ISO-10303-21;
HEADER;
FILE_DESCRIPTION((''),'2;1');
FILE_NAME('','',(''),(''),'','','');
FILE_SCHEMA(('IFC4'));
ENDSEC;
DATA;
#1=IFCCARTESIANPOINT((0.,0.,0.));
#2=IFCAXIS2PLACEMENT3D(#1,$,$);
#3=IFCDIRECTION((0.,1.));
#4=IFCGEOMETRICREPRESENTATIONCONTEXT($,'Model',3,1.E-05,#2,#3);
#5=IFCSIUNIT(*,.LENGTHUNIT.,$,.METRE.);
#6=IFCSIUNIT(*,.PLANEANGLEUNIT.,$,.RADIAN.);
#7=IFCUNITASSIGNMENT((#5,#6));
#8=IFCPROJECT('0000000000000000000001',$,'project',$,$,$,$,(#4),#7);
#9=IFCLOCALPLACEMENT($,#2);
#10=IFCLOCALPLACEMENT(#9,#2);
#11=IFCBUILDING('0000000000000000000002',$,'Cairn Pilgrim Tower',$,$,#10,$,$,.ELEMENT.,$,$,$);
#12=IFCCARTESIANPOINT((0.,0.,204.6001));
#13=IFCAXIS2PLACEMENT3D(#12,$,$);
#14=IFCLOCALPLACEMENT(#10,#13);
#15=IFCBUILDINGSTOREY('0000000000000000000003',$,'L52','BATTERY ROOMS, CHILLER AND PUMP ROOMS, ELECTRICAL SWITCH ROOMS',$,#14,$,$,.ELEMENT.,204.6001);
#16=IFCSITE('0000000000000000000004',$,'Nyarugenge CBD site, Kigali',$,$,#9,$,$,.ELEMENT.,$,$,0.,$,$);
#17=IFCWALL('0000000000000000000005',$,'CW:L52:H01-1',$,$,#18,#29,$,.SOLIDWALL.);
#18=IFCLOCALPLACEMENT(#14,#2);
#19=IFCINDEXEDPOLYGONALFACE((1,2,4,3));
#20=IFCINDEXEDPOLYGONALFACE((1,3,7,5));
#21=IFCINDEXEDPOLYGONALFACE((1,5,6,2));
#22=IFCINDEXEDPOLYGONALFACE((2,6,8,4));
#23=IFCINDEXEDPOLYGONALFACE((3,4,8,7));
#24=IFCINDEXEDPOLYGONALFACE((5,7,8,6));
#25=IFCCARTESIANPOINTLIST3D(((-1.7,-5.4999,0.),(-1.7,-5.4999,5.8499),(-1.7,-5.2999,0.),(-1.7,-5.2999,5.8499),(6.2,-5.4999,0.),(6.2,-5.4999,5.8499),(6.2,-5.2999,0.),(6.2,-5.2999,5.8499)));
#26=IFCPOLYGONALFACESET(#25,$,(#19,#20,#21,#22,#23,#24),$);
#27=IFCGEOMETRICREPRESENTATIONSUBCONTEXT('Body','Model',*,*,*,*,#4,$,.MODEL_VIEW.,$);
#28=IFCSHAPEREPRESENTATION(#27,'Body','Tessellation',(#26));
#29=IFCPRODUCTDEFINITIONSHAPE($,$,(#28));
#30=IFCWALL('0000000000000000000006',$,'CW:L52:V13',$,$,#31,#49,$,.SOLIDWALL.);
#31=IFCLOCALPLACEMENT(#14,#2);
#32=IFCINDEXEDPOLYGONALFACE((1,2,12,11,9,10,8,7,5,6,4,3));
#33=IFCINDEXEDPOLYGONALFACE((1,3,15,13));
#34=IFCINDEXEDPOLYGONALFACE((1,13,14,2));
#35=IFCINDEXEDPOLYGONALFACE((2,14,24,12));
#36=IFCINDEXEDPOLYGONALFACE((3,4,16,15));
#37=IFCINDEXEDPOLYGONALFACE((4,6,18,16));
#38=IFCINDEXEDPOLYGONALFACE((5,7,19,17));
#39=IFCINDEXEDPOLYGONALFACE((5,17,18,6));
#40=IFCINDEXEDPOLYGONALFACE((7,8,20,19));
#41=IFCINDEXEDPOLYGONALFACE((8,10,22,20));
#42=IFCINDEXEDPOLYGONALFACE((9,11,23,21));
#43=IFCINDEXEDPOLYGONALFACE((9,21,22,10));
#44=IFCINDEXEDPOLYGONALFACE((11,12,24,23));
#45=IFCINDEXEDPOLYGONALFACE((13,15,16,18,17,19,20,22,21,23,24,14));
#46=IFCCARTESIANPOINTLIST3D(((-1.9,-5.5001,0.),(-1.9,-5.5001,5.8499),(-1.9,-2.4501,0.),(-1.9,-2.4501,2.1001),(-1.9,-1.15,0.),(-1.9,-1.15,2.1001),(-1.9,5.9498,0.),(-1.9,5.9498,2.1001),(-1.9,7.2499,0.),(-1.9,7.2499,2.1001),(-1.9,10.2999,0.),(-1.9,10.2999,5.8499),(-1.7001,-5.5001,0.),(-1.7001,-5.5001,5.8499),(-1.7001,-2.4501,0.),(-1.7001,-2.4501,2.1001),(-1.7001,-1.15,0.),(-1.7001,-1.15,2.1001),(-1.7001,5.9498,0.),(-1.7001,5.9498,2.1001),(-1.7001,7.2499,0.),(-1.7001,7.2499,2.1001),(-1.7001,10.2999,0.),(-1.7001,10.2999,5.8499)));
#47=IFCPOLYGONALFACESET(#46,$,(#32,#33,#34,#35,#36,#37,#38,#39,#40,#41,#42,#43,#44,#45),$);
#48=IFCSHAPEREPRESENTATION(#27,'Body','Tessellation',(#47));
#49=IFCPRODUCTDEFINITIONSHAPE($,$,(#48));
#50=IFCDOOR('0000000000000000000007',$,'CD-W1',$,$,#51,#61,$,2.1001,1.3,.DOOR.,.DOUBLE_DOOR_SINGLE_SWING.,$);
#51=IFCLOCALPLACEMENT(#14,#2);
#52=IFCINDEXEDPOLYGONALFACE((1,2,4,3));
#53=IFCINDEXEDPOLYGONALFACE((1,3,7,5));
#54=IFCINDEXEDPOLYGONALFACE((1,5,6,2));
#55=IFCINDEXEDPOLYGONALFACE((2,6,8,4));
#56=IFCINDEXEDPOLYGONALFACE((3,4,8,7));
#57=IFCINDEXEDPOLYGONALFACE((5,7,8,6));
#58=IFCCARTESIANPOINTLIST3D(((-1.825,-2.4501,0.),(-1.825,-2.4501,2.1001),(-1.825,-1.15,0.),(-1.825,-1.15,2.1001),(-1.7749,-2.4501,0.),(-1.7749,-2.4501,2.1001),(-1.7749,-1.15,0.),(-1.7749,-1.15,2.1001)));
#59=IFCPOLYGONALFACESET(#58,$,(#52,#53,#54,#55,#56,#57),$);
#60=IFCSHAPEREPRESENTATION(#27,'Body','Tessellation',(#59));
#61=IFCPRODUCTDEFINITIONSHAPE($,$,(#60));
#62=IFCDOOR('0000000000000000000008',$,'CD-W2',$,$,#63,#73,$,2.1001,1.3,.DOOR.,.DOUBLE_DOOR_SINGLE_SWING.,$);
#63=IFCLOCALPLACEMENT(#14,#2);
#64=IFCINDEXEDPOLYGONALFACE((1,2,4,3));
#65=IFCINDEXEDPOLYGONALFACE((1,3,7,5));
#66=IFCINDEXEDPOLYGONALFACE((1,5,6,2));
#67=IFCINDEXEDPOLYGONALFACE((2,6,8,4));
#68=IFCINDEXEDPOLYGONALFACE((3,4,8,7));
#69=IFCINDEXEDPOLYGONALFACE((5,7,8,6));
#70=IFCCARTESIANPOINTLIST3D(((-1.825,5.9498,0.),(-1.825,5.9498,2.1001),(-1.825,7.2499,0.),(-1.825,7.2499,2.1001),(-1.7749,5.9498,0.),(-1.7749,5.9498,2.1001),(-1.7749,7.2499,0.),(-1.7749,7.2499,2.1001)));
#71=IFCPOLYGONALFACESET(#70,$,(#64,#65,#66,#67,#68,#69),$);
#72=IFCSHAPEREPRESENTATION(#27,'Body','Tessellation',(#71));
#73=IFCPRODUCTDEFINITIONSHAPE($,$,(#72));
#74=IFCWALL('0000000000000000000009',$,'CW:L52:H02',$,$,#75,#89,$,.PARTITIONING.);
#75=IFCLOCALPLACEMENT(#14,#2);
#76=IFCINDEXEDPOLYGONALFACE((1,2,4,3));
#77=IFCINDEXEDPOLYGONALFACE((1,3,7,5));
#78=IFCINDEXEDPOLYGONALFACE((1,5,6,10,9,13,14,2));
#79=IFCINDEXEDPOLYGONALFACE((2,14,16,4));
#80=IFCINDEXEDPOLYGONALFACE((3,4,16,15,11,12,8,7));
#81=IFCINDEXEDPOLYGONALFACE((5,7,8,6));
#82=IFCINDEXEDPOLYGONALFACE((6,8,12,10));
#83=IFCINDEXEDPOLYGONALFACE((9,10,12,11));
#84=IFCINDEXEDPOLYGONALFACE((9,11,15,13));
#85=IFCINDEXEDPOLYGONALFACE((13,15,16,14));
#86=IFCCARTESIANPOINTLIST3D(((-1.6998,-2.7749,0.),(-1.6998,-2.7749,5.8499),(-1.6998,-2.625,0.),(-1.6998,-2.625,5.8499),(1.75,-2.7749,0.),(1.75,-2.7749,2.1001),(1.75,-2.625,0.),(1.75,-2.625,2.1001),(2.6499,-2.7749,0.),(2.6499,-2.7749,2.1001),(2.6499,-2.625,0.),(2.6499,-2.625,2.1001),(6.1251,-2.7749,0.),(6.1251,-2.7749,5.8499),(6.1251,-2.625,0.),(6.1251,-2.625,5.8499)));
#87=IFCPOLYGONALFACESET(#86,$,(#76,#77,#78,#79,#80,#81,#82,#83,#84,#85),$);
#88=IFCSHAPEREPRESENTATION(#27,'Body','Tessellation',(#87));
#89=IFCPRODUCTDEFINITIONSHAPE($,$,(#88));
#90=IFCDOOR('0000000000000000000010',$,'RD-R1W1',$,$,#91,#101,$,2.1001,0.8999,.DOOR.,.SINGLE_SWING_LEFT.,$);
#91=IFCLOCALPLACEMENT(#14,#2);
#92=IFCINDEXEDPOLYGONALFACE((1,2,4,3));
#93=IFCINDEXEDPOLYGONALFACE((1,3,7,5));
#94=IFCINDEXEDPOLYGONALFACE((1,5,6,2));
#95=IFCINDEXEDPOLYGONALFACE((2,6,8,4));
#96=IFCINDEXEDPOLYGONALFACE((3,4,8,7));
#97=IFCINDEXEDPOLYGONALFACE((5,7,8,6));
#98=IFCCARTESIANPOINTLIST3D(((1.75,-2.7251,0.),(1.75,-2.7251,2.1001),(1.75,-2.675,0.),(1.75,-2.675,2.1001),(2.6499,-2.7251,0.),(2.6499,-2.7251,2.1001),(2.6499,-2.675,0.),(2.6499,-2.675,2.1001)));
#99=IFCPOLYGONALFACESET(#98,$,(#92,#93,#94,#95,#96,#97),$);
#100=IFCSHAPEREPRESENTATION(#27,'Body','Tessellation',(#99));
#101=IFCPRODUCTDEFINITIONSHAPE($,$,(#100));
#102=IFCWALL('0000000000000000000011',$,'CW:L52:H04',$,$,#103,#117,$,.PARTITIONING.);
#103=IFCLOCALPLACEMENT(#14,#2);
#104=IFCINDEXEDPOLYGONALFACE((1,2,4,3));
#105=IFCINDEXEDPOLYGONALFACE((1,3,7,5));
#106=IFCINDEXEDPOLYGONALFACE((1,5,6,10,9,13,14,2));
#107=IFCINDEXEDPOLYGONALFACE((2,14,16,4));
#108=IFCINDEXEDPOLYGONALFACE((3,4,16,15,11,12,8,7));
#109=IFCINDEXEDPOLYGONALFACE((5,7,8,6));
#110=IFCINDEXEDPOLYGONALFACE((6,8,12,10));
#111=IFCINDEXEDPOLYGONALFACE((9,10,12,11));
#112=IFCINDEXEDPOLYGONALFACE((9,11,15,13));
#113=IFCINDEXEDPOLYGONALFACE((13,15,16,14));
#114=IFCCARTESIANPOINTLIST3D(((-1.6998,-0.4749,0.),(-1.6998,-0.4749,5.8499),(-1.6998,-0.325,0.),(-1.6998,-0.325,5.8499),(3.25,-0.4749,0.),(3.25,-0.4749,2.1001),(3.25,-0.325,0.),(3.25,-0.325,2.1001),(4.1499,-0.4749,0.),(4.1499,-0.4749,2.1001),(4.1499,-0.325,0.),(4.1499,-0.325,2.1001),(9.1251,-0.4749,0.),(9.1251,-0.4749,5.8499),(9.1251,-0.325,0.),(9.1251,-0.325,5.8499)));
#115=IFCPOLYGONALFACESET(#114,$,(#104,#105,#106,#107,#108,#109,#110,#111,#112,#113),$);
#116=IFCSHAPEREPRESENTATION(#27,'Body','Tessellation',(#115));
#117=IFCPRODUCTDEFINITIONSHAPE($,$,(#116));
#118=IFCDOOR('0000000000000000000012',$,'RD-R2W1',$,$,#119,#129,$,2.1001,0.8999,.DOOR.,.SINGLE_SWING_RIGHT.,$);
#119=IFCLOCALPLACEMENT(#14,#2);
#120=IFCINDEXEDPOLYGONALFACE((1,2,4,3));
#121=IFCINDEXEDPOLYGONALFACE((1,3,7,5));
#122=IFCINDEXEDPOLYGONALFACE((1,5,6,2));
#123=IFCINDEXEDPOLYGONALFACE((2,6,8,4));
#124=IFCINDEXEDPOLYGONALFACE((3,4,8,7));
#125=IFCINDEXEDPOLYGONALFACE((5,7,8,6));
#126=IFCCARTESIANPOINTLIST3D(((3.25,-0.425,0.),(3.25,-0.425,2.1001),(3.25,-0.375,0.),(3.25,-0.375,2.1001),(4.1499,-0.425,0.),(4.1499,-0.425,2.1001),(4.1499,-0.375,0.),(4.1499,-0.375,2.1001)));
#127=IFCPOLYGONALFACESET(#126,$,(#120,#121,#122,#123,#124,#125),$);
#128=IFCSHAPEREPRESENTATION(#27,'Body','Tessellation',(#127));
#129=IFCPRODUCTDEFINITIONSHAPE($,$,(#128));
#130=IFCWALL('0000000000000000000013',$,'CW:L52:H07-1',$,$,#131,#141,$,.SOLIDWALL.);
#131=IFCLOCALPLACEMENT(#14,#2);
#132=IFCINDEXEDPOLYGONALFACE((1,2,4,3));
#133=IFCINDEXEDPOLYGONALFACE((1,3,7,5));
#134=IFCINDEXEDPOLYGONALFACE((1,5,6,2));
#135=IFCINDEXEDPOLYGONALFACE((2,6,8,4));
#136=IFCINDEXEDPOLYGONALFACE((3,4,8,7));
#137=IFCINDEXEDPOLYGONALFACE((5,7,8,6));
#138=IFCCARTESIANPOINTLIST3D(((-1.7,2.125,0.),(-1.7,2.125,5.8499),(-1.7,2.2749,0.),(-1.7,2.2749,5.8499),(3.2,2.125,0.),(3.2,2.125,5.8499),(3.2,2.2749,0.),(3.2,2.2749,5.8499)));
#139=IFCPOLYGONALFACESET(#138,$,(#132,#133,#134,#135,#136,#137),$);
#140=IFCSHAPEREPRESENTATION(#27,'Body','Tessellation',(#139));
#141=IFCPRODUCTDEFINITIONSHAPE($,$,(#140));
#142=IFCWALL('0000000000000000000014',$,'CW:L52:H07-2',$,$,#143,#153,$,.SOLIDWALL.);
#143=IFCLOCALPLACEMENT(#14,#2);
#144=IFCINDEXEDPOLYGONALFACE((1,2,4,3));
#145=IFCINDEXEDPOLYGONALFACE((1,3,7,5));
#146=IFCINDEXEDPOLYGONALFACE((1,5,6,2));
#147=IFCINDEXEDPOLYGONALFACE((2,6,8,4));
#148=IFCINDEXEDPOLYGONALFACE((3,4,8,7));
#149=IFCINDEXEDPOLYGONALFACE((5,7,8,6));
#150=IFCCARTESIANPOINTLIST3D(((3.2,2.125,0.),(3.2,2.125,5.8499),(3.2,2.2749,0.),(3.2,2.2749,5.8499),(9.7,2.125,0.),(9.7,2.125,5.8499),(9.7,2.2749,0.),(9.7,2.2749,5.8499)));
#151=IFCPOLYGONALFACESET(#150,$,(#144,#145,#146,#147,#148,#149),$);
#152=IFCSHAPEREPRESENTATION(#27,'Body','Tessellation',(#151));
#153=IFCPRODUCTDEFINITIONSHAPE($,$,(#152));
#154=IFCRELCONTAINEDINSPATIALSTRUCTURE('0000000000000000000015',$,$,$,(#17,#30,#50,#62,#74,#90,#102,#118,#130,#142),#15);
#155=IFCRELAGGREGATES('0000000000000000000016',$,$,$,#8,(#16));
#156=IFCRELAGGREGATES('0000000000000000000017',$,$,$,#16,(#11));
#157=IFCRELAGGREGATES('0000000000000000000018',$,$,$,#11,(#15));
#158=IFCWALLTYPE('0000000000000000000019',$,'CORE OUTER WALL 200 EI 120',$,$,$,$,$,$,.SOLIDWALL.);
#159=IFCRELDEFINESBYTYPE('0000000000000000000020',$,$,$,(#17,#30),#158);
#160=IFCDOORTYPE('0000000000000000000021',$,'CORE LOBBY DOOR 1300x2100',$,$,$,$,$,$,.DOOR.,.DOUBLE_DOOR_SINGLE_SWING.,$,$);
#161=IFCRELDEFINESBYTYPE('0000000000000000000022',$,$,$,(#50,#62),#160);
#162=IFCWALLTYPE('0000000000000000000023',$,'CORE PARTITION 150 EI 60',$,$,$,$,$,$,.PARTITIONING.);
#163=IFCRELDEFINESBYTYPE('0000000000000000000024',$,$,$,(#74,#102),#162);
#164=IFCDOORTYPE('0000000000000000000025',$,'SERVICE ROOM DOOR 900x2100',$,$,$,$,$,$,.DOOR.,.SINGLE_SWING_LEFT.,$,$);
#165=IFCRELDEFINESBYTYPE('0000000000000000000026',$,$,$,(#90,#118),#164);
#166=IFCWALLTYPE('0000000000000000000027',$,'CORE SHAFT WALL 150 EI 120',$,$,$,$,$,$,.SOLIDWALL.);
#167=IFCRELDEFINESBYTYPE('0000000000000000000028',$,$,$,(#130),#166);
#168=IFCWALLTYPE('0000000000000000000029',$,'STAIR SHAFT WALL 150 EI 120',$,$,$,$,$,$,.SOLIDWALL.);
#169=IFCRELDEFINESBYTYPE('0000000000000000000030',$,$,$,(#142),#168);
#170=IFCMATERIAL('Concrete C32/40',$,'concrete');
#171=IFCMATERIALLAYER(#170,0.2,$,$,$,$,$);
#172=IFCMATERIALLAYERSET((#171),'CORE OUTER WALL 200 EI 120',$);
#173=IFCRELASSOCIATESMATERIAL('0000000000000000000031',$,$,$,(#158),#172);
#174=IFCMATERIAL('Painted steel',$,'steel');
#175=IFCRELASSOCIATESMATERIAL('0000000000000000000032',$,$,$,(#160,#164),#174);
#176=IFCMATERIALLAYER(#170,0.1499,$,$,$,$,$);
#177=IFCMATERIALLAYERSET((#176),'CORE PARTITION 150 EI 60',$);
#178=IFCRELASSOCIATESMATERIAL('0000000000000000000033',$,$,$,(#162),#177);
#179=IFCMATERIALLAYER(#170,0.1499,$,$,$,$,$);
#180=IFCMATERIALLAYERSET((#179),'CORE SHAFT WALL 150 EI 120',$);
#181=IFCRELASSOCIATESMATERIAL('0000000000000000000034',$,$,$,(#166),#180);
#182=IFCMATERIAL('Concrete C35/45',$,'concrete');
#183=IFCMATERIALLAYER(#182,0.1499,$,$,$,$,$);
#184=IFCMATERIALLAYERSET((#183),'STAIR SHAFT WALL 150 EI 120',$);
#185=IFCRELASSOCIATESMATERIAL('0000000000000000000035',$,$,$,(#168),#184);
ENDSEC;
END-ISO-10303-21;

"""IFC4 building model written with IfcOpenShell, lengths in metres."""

from ifc_helpers import new_model, si_unit, direction, frame, frame_2d, origin, place, context, subcontext, project, spatial, rectangle, extrude, material, layer, layer_set, type_object, element, fill, save


model = new_model("IFC4")

# Units and contexts
model_context = context("Model", 3, precision=1e-05, world=origin(), true_north=direction((0.0, 1.0)))
body_context = subcontext(model_context, "Body", "Model", "MODEL_VIEW")
ifc_project = project(units=[si_unit("LENGTHUNIT", "METRE"), si_unit("PLANEANGLEUNIT", "RADIAN")], contexts=[model_context])

# Site, building, storey
site_placement = place(None, origin())
site = spatial("IfcSite", under=ifc_project, at=site_placement, Name="Nyarugenge CBD site, Kigali", CompositionType="ELEMENT", RefElevation=0.0)
building_placement = place(site_placement, origin())
building = spatial("IfcBuilding", under=site, at=building_placement, Name="Cairn Pilgrim Tower", CompositionType="ELEMENT")
storey_placement = place(building_placement, frame((0.0, 0.0, 204.6001)))
storey = spatial("IfcBuildingStorey", under=building, at=storey_placement, Name="L52", Description="BATTERY ROOMS, CHILLER AND PUMP ROOMS, ELECTRICAL SWITCH ROOMS", CompositionType="ELEMENT", Elevation=204.6001)

# Shared definitions
ifc_material_1 = material(Name="Concrete C35/45", Category="concrete")

# Shared definitions
ifc_material_2 = material(Name="Concrete C32/40", Category="concrete")

# Wall
ifc_layer_1 = layer(ifc_material_2, 0.2)
ifc_layer_set_1 = layer_set([ifc_layer_1], Name="CORE OUTER WALL 200 EI 120")
wall_type_1 = type_object("IfcWallType", Name="CORE OUTER WALL 200 EI 120", PredefinedType="SOLIDWALL", material=ifc_layer_set_1)
wall_1_placement = place(storey_placement, frame((-1.7, -5.3999, 0.0), z_axis=(0.0, 0.0, 1.0), x_axis=(1.0, 0.0, 0.0)))
element("IfcWall", 1, at=wall_1_placement, inside=storey, type_object=wall_type_1, Name="CW:L52:H01-1", PredefinedType="SOLIDWALL", context=body_context, shape_type="SweptSolid", body=[
    extrude(rectangle(XDim=7.8999, YDim=0.2, at=frame_2d((3.95, 0.0))), origin(), (0.0, 0.0, 1.0), 5.8499),
])

# Wall, openings, doors
wall_2_placement = place(storey_placement, frame((-1.8, -5.5, 0.0), z_axis=(0.0, 0.0, 1.0), x_axis=(0.0, 1.0, 0.0)))
wall_2 = element("IfcWall", 2, at=wall_2_placement, inside=storey, type_object=wall_type_1, Name="CW:L52:V13", PredefinedType="SOLIDWALL", context=body_context, shape_type="SweptSolid", body=[
    extrude(rectangle(XDim=15.8, YDim=0.2, at=frame_2d((7.8999, 0.0))), origin(), (0.0, 0.0, 1.0), 5.8499),
])
opening_1_placement = place(wall_2_placement, frame((3.05, 0.0, 0.0)))
opening_1 = element("IfcOpeningElement", 3, at=opening_1_placement, cuts=wall_2, PredefinedType="OPENING", context=body_context, shape_type="SweptSolid", body=[
    extrude(rectangle(XDim=1.3, YDim=2.1001, at=frame_2d((0.6499, 1.05))), frame((0.0, 0.1099, 0.0), z_axis=(0.0, -1.0, 0.0), x_axis=(1.0, 0.0, 0.0)), (0.0, 0.0, 1.0), 0.22),
])
opening_2_placement = place(wall_2_placement, frame((11.45, 0.0, 0.0)))
opening_2 = element("IfcOpeningElement", 4, at=opening_2_placement, cuts=wall_2, PredefinedType="OPENING", context=body_context, shape_type="SweptSolid", body=[
    extrude(rectangle(XDim=1.3, YDim=2.1001, at=frame_2d((0.6499, 1.05))), frame((0.0, 0.1099, 0.0), z_axis=(0.0, -1.0, 0.0), x_axis=(1.0, 0.0, 0.0)), (0.0, 0.0, 1.0), 0.22),
])
ifc_material_3 = material(Name="Painted steel", Category="steel")
door_type_1 = type_object("IfcDoorType", Name="CORE LOBBY DOOR 1300x2100", OperationType="DOUBLE_DOOR_SINGLE_SWING", PredefinedType="DOOR", material=ifc_material_3)
door_1_placement = place(opening_1_placement, origin())
door_1 = element("IfcDoor", 5, at=door_1_placement, inside=storey, type_object=door_type_1, Name="CD-W1", OperationType="DOUBLE_DOOR_SINGLE_SWING", OverallHeight=2.1001, OverallWidth=1.3, PredefinedType="DOOR", context=body_context, shape_type="SweptSolid", body=[
    extrude(rectangle(XDim=1.3, YDim=2.1001, at=frame_2d((0.6499, 1.05))), frame((0.0, 0.0249, 0.0), z_axis=(0.0, -1.0, 0.0), x_axis=(1.0, 0.0, 0.0)), (0.0, 0.0, 1.0), 0.05),
])
fill(opening_1, door_1)
door_2_placement = place(opening_2_placement, origin())
door_2 = element("IfcDoor", 6, at=door_2_placement, inside=storey, type_object=door_type_1, Name="CD-W2", OperationType="DOUBLE_DOOR_SINGLE_SWING", OverallHeight=2.1001, OverallWidth=1.3, PredefinedType="DOOR", context=body_context, shape_type="SweptSolid", body=[
    extrude(rectangle(XDim=1.3, YDim=2.1001, at=frame_2d((0.6499, 1.05))), frame((0.0, 0.0249, 0.0), z_axis=(0.0, -1.0, 0.0), x_axis=(1.0, 0.0, 0.0)), (0.0, 0.0, 1.0), 0.05),
])
fill(opening_2, door_2)

# Walls, openings, doors
ifc_layer_2 = layer(ifc_material_2, 0.1499)
ifc_layer_set_2 = layer_set([ifc_layer_2], Name="CORE PARTITION 150 EI 60")
wall_type_2 = type_object("IfcWallType", Name="CORE PARTITION 150 EI 60", PredefinedType="PARTITIONING", material=ifc_layer_set_2)
wall_3_placement = place(storey_placement, frame((-1.7, -2.7, 0.0), z_axis=(0.0, 0.0, 1.0), x_axis=(1.0, 0.0, 0.0)))
wall_3 = element("IfcWall", 7, at=wall_3_placement, inside=storey, type_object=wall_type_2, Name="CW:L52:H02", PredefinedType="PARTITIONING", context=body_context, shape_type="SweptSolid", body=[
    extrude(rectangle(XDim=7.825, YDim=0.1499, at=frame_2d((3.9126, 0.0))), origin(), (0.0, 0.0, 1.0), 5.8499),
])
opening_3_placement = place(wall_3_placement, frame((3.45, 0.0, 0.0)))
opening_3 = element("IfcOpeningElement", 8, at=opening_3_placement, cuts=wall_3, PredefinedType="OPENING", context=body_context, shape_type="SweptSolid", body=[
    extrude(rectangle(XDim=0.8999, YDim=2.1001, at=frame_2d((0.45, 1.05))), frame((0.0, 0.085, 0.0), z_axis=(0.0, -1.0, 0.0), x_axis=(1.0, 0.0, 0.0)), (0.0, 0.0, 1.0), 0.1699),
])
door_type_2 = type_object("IfcDoorType", Name="SERVICE ROOM DOOR 900x2100", OperationType="SINGLE_SWING_LEFT", PredefinedType="DOOR", material=ifc_material_3)
door_3_placement = place(opening_3_placement, origin())
door_3 = element("IfcDoor", 9, at=door_3_placement, inside=storey, type_object=door_type_2, Name="RD-R1W1", OperationType="SINGLE_SWING_LEFT", OverallHeight=2.1001, OverallWidth=0.8999, PredefinedType="DOOR", context=body_context, shape_type="SweptSolid", body=[
    extrude(rectangle(XDim=0.8999, YDim=2.1001, at=frame_2d((0.45, 1.05))), frame((0.0, 0.0249, 0.0), z_axis=(0.0, -1.0, 0.0), x_axis=(1.0, 0.0, 0.0)), (0.0, 0.0, 1.0), 0.05),
])
fill(opening_3, door_3)
wall_4_placement = place(storey_placement, frame((-1.7, -0.3999, 0.0), z_axis=(0.0, 0.0, 1.0), x_axis=(1.0, 0.0, 0.0)))
wall_4 = element("IfcWall", 10, at=wall_4_placement, inside=storey, type_object=wall_type_2, Name="CW:L52:H04", PredefinedType="PARTITIONING", context=body_context, shape_type="SweptSolid", body=[
    extrude(rectangle(XDim=10.825, YDim=0.1499, at=frame_2d((5.4126, 0.0))), origin(), (0.0, 0.0, 1.0), 5.8499),
])
opening_4_placement = place(wall_4_placement, frame((4.95, 0.0, 0.0)))
opening_4 = element("IfcOpeningElement", 11, at=opening_4_placement, cuts=wall_4, PredefinedType="OPENING", context=body_context, shape_type="SweptSolid", body=[
    extrude(rectangle(XDim=0.8999, YDim=2.1001, at=frame_2d((0.45, 1.05))), frame((0.0, 0.085, 0.0), z_axis=(0.0, -1.0, 0.0), x_axis=(1.0, 0.0, 0.0)), (0.0, 0.0, 1.0), 0.1699),
])
door_4_placement = place(opening_4_placement, origin())
door_4 = element("IfcDoor", 12, at=door_4_placement, inside=storey, type_object=door_type_2, Name="RD-R2W1", OperationType="SINGLE_SWING_RIGHT", OverallHeight=2.1001, OverallWidth=0.8999, PredefinedType="DOOR", context=body_context, shape_type="SweptSolid", body=[
    extrude(rectangle(XDim=0.8999, YDim=2.1001, at=frame_2d((0.45, 1.05))), frame((0.0, 0.0249, 0.0), z_axis=(0.0, -1.0, 0.0), x_axis=(1.0, 0.0, 0.0)), (0.0, 0.0, 1.0), 0.05),
])
fill(opening_4, door_4)

# Walls
ifc_layer_3 = layer(ifc_material_2, 0.1499)
ifc_layer_set_3 = layer_set([ifc_layer_3], Name="CORE SHAFT WALL 150 EI 120")
wall_type_3 = type_object("IfcWallType", Name="CORE SHAFT WALL 150 EI 120", PredefinedType="SOLIDWALL", material=ifc_layer_set_3)
wall_5_placement = place(storey_placement, frame((-1.7, 2.2, 0.0), z_axis=(0.0, 0.0, 1.0), x_axis=(1.0, 0.0, 0.0)))
element("IfcWall", 13, at=wall_5_placement, inside=storey, type_object=wall_type_3, Name="CW:L52:H07-1", PredefinedType="SOLIDWALL", context=body_context, shape_type="SweptSolid", body=[
    extrude(rectangle(XDim=4.8999, YDim=0.1499, at=frame_2d((2.45, 0.0))), origin(), (0.0, 0.0, 1.0), 5.8499),
])
ifc_layer_4 = layer(ifc_material_1, 0.1499)
ifc_layer_set_4 = layer_set([ifc_layer_4], Name="STAIR SHAFT WALL 150 EI 120")
wall_type_4 = type_object("IfcWallType", Name="STAIR SHAFT WALL 150 EI 120", PredefinedType="SOLIDWALL", material=ifc_layer_set_4)
wall_6_placement = place(storey_placement, frame((3.2, 2.2, 0.0), z_axis=(0.0, 0.0, 1.0), x_axis=(1.0, 0.0, 0.0)))
element("IfcWall", 14, at=wall_6_placement, inside=storey, type_object=wall_type_4, Name="CW:L52:H07-2", PredefinedType="SOLIDWALL", context=body_context, shape_type="SweptSolid", body=[
    extrude(rectangle(XDim=6.5, YDim=0.1499, at=frame_2d((3.25, 0.0))), origin(), (0.0, 0.0, 1.0), 5.8499),
])

save(model, "model.ifc")
